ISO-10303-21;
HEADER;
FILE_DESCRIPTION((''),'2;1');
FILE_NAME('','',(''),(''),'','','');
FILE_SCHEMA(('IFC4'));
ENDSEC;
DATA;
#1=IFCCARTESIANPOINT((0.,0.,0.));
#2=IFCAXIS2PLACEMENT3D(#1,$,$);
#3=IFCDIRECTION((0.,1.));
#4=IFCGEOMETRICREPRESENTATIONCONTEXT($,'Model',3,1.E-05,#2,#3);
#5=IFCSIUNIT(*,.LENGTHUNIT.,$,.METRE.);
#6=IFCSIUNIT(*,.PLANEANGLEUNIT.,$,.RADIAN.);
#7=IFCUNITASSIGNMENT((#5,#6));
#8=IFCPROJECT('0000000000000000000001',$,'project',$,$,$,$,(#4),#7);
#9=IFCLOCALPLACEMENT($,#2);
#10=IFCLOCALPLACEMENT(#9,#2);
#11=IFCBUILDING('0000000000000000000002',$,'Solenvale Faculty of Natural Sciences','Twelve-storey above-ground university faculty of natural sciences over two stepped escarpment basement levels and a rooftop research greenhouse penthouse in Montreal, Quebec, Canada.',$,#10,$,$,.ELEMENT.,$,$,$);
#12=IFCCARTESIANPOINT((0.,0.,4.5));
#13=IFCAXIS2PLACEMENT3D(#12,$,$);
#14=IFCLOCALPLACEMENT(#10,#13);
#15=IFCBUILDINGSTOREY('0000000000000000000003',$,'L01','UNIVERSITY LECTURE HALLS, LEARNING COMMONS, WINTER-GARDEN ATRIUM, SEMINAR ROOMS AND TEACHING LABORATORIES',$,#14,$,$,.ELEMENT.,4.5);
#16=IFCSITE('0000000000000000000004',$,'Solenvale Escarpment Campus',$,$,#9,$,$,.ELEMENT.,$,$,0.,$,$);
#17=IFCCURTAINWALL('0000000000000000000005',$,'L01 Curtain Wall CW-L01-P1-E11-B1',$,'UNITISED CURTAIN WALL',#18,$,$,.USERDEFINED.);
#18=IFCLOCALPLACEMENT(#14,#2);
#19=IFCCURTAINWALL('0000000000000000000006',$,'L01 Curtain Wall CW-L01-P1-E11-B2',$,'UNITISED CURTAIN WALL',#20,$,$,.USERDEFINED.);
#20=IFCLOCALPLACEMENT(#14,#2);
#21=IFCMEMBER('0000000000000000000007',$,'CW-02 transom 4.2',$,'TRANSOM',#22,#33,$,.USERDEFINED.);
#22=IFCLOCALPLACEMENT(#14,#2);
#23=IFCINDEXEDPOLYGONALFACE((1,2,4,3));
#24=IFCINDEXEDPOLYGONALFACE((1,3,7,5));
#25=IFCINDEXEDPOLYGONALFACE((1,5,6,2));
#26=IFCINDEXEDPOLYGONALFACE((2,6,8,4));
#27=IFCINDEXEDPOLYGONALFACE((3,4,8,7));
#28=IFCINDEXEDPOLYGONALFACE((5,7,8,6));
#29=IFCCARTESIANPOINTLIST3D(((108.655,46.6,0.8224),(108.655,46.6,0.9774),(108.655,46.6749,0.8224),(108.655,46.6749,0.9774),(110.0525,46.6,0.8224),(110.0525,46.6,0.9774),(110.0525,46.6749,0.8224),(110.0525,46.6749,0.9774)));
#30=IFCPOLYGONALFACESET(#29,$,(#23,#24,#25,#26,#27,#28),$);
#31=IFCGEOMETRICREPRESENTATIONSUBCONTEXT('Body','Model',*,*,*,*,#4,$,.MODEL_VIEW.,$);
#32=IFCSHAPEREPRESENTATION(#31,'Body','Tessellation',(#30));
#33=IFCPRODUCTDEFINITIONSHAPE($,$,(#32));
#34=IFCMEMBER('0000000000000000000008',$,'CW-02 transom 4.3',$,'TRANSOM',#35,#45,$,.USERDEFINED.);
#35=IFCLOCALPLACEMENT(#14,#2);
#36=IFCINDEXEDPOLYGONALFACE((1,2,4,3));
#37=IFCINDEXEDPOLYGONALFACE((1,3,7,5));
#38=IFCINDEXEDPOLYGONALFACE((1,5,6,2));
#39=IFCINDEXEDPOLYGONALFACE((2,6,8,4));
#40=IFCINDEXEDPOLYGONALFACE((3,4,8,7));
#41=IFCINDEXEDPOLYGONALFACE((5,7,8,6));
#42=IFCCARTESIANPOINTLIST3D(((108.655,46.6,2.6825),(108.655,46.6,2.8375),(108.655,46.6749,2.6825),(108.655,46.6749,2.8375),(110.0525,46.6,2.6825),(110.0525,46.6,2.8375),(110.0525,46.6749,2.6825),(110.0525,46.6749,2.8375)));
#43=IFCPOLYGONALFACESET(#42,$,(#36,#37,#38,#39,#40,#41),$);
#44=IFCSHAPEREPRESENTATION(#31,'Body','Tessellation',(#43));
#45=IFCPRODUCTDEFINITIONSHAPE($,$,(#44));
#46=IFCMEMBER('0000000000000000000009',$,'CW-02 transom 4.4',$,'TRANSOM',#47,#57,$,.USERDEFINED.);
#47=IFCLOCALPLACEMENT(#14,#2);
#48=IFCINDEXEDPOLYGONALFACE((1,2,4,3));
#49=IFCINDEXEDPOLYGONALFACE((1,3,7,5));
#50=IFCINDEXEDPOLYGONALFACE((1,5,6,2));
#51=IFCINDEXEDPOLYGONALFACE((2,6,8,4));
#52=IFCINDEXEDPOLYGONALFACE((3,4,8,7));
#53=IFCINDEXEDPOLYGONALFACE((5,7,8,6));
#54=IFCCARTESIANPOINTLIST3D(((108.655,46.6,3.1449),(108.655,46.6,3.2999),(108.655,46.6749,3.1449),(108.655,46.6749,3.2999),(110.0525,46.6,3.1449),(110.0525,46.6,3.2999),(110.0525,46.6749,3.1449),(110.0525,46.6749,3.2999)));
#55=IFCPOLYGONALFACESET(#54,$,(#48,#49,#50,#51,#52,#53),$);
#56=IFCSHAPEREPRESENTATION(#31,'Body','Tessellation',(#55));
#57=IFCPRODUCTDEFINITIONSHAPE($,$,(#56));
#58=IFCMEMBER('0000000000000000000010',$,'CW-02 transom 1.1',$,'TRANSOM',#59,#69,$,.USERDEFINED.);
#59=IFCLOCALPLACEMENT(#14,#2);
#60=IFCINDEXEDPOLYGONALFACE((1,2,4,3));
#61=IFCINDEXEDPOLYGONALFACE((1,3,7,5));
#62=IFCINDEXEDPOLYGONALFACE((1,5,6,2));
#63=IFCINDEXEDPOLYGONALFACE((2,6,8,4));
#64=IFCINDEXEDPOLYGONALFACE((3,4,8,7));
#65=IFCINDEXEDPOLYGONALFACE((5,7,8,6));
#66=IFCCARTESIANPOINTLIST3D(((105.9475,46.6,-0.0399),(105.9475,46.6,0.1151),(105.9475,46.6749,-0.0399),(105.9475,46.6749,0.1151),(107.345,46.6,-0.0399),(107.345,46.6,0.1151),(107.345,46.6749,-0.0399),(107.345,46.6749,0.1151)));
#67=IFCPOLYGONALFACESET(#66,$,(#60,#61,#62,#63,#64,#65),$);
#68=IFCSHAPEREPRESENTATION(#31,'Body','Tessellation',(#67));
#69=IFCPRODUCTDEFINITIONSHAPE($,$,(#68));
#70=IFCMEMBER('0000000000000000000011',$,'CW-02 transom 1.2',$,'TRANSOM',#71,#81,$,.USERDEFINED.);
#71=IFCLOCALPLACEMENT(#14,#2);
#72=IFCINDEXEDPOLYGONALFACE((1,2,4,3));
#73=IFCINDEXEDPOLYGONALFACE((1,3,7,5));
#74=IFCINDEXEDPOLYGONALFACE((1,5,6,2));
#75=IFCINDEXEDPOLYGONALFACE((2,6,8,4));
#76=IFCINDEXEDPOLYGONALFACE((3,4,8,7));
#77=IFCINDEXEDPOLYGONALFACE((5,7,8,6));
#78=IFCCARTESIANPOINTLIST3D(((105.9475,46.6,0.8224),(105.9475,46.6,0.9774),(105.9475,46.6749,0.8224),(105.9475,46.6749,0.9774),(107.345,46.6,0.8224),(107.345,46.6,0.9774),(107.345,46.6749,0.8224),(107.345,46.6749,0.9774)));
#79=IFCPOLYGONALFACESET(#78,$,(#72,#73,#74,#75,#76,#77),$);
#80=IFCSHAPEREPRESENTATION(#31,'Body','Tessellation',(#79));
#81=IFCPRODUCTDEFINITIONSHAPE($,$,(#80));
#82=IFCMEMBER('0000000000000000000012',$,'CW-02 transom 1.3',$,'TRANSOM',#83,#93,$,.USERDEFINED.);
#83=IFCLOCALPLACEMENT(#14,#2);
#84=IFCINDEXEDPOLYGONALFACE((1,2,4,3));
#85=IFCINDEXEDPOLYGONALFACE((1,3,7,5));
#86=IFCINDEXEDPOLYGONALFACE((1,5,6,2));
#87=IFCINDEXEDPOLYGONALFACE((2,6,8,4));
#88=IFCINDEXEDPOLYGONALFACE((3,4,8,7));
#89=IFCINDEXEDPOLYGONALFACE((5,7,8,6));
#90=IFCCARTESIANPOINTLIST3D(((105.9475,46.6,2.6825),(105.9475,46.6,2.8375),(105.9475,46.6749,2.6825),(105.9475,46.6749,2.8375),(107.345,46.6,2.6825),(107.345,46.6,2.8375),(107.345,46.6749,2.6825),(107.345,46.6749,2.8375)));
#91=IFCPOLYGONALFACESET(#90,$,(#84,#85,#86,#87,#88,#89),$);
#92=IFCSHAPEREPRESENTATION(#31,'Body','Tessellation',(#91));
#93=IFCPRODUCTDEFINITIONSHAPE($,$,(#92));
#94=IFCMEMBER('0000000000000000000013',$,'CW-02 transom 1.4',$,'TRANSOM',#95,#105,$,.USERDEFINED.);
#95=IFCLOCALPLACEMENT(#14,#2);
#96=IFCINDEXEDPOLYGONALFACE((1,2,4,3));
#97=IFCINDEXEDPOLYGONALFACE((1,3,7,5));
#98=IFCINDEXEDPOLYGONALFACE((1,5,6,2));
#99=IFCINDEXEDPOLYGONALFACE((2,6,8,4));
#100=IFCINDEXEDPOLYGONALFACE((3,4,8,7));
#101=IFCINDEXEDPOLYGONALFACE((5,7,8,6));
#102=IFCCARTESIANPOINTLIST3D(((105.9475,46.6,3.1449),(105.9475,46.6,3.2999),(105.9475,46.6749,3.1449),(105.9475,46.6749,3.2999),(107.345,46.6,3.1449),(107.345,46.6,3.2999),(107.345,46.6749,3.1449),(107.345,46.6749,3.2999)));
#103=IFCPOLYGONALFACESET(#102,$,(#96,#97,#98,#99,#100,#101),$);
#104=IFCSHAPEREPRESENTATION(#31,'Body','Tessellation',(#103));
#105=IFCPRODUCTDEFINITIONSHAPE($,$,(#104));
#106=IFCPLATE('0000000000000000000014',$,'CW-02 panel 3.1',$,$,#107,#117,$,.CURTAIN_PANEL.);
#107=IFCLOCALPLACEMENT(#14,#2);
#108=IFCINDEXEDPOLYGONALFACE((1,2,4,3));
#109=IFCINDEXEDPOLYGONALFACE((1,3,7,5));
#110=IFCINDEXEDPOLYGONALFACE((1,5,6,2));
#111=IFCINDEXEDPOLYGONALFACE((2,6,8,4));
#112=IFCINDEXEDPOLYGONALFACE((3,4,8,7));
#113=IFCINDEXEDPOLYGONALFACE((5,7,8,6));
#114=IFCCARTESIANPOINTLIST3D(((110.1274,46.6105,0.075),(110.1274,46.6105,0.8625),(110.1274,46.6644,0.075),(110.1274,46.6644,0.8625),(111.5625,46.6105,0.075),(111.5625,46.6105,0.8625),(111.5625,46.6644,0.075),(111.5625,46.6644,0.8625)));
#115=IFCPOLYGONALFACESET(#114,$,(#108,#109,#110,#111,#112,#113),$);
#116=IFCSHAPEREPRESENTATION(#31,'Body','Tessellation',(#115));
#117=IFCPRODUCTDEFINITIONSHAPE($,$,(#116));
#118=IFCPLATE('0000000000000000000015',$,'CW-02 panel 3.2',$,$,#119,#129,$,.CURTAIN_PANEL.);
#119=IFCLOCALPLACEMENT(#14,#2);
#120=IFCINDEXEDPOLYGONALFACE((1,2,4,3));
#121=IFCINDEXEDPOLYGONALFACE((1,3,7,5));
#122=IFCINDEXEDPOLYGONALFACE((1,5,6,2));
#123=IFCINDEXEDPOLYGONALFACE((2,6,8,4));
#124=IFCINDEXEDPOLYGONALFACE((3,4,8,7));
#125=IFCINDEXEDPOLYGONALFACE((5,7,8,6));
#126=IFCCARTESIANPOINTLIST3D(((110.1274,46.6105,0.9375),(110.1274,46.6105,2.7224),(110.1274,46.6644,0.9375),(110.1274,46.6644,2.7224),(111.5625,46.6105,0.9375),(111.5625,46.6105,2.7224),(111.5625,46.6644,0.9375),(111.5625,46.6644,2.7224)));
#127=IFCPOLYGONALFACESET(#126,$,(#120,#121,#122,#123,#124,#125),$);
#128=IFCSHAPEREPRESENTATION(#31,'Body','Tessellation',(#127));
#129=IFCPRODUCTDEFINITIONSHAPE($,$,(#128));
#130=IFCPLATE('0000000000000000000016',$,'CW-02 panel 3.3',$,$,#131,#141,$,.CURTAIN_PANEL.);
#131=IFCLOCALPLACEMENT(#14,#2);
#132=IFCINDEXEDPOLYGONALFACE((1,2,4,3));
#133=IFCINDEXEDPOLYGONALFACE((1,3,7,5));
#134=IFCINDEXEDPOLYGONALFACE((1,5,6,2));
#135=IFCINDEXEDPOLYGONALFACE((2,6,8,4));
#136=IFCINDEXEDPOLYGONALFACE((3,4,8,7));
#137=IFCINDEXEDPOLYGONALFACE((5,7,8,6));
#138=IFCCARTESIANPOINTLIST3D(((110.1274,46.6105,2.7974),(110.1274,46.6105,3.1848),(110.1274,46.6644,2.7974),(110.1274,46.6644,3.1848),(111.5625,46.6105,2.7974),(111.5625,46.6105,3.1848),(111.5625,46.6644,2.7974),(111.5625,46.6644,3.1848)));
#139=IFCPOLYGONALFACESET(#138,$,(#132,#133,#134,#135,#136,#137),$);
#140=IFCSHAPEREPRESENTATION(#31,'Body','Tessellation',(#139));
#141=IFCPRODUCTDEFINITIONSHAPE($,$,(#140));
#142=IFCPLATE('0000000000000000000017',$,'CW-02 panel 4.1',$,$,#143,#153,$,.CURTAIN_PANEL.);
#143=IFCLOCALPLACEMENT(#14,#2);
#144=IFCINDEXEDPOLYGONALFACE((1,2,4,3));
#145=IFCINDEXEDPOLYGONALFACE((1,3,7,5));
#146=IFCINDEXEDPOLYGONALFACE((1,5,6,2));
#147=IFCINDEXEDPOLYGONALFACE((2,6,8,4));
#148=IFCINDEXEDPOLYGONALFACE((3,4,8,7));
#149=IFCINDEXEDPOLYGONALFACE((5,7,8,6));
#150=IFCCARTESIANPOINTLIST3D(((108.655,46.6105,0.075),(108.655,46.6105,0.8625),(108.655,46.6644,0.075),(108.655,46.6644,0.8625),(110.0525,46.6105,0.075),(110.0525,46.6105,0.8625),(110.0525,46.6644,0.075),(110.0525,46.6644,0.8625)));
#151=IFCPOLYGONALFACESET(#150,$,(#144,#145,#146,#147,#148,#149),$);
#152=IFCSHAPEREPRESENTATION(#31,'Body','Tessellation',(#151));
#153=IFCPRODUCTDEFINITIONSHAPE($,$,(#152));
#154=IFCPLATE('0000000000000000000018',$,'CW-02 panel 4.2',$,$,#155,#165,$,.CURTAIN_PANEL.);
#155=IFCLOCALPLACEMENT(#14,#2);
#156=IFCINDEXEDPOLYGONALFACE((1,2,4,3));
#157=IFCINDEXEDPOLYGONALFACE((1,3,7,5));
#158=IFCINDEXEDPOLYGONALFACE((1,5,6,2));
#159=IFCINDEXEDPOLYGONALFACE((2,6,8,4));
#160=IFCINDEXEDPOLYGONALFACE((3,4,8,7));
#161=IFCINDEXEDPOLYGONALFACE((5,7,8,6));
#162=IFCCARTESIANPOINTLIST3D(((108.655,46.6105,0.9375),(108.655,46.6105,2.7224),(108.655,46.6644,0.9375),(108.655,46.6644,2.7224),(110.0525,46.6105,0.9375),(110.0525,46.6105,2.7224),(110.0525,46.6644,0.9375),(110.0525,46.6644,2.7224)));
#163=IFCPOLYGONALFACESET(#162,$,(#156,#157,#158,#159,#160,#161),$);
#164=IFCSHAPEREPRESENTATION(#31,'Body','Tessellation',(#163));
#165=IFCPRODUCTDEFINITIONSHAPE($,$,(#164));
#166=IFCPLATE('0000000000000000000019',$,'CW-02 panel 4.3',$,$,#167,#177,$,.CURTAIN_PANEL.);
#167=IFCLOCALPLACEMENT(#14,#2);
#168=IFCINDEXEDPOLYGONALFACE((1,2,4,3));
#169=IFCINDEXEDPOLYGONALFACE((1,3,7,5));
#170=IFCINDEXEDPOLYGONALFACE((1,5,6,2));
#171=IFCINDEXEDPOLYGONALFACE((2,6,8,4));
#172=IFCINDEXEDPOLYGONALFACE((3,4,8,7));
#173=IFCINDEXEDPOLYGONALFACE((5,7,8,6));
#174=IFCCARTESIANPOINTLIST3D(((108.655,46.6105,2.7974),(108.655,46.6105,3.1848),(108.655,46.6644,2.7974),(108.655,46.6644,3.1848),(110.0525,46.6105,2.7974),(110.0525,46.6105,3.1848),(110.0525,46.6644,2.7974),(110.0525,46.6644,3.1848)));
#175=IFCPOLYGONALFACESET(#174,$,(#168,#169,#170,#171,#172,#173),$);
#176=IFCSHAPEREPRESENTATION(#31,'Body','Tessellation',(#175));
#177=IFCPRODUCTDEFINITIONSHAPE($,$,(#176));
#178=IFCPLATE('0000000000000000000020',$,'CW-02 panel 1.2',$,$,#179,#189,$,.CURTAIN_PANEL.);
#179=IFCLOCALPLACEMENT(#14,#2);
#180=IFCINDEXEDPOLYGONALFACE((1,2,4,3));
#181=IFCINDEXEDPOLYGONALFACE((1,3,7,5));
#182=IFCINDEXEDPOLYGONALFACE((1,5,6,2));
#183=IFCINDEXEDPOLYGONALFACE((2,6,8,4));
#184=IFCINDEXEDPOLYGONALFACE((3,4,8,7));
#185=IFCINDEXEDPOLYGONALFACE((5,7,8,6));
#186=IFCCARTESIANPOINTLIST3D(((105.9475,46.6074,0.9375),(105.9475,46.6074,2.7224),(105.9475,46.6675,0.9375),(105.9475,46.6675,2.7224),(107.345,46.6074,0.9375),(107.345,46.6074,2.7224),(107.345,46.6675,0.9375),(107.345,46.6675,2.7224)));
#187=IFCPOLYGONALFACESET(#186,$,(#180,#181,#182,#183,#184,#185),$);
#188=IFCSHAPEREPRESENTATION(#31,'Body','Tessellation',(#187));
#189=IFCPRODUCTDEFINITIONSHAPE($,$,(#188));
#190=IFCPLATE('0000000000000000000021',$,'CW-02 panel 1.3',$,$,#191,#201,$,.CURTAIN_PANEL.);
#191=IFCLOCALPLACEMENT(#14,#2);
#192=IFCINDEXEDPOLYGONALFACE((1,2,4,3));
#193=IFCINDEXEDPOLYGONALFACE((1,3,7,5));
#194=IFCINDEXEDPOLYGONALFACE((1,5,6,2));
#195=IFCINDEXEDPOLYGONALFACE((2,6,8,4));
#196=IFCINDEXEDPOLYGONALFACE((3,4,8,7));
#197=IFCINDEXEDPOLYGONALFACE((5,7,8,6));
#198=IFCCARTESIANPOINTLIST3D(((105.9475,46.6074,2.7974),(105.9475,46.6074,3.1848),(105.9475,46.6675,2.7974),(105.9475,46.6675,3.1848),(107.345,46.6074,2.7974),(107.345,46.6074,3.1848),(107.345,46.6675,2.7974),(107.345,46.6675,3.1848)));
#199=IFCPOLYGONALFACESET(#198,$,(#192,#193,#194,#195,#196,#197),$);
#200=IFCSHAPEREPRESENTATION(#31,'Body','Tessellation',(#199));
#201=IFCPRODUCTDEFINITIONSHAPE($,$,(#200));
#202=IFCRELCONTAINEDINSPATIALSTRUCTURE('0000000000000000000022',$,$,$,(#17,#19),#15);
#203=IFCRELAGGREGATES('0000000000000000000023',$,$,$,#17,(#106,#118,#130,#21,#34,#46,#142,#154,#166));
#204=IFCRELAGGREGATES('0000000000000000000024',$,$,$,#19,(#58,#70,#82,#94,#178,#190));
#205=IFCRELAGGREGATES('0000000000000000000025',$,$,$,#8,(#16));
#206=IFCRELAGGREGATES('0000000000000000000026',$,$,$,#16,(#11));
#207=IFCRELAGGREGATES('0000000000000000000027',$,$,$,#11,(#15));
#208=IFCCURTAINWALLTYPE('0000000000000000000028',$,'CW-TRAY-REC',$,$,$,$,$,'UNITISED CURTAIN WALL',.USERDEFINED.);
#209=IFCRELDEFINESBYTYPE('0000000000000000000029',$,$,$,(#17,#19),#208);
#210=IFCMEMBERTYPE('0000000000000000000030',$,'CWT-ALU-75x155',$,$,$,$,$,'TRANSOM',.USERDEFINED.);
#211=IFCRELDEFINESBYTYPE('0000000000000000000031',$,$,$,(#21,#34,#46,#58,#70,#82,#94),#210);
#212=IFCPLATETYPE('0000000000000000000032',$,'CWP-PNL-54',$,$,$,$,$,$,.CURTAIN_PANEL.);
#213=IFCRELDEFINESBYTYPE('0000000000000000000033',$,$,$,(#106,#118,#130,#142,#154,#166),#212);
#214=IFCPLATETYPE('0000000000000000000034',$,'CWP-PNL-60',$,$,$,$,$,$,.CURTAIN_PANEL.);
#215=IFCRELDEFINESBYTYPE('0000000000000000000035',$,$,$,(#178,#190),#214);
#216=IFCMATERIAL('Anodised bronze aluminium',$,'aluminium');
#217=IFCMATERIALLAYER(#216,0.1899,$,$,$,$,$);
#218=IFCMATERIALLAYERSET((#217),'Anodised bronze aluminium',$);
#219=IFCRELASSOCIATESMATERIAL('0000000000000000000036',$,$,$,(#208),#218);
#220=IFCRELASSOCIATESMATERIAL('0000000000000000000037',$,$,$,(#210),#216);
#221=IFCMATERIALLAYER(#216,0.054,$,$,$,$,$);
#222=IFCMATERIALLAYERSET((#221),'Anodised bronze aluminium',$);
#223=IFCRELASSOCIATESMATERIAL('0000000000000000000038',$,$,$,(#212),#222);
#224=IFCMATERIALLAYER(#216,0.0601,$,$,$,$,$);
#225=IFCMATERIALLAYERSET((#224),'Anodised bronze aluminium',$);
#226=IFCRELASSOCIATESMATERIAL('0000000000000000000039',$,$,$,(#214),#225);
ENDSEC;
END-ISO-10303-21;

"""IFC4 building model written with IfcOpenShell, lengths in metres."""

from ifc_helpers import new_model, si_unit, direction, frame, origin, origin_2d, place, context, subcontext, project, spatial, rectangle, extrude, material, layer, layer_set, material_profile, profile_set, type_object, element, aggregate, save


model = new_model("IFC4")

# Units and contexts
model_context = context("Model", 3, precision=1e-05, world=origin(), true_north=direction((0.0, 1.0)))
body_context = subcontext(model_context, "Body", "Model", "MODEL_VIEW")
ifc_project = project(units=[si_unit("LENGTHUNIT", "METRE"), si_unit("PLANEANGLEUNIT", "RADIAN")], contexts=[model_context])

# Site, building, storey
site_placement = place(None, origin())
site = spatial("IfcSite", under=ifc_project, at=site_placement, Name="Solenvale Escarpment Campus", CompositionType="ELEMENT", RefElevation=0.0)
building_placement = place(site_placement, origin())
building = spatial("IfcBuilding", under=site, at=building_placement, Name="Solenvale Faculty of Natural Sciences", Description="Twelve-storey above-ground university faculty of natural sciences over two stepped escarpment basement levels and a rooftop research greenhouse penthouse in Montreal, Quebec, Canada.", CompositionType="ELEMENT")
storey_placement = place(building_placement, frame((0.0, 0.0, 4.5)))
storey = spatial("IfcBuildingStorey", under=building, at=storey_placement, Name="L01", Description="UNIVERSITY LECTURE HALLS, LEARNING COMMONS, WINTER-GARDEN ATRIUM, SEMINAR ROOMS AND TEACHING LABORATORIES", CompositionType="ELEMENT", Elevation=4.5)

# Curtain wall
ifc_material_1 = material(Name="Anodised bronze aluminium", Category="aluminium")
ifc_layer_1 = layer(ifc_material_1, 0.1899)
ifc_layer_set_1 = layer_set([ifc_layer_1], Name="Anodised bronze aluminium")
curtain_wall_type = type_object("IfcCurtainWallType", Name="CW-TRAY-REC", ElementType="UNITISED CURTAIN WALL", PredefinedType="USERDEFINED", material=ifc_layer_set_1)
curtain_wall_1_placement = place(storey_placement, origin())
curtain_wall_1 = element("IfcCurtainWall", 1, at=curtain_wall_1_placement, inside=storey, type_object=curtain_wall_type, Name="L01 Curtain Wall CW-L01-P1-E11-B1", ObjectType="UNITISED CURTAIN WALL", PredefinedType="USERDEFINED")

# Curtain wall
curtain_wall_2_placement = place(storey_placement, origin())
curtain_wall_2 = element("IfcCurtainWall", 2, at=curtain_wall_2_placement, inside=storey, type_object=curtain_wall_type, Name="L01 Curtain Wall CW-L01-P1-E11-B2", ObjectType="UNITISED CURTAIN WALL", PredefinedType="USERDEFINED")

# Members
ifc_material_profile_1 = material_profile(ifc_material_1, rectangle(XDim=0.075, YDim=0.155, at=origin_2d()), Name="ALU-TRN-75x155")
ifc_profile_set_1 = profile_set([ifc_material_profile_1], Name="Anodised bronze aluminium")
member_type_1 = type_object("IfcMemberType", Name="CWT-ALU-75x155", ElementType="TRANSOM", PredefinedType="USERDEFINED", material=ifc_profile_set_1)
member_1_placement = place(storey_placement, frame((110.0525, 46.6375, 0.8999), z_axis=(-1.0, 0.0, 0.0), x_axis=(0.0, -1.0, 0.0)))
member_1 = element("IfcMember", 3, at=member_1_placement, type_object=member_type_1, Name="CW-02 transom 4.2", ObjectType="TRANSOM", PredefinedType="USERDEFINED", context=body_context, shape_type="SweptSolid", body=[
    extrude(rectangle(XDim=0.075, YDim=0.155, at=origin_2d()), origin(), (0.0, 0.0, 1.0), 1.3975),
])
member_2_placement = place(storey_placement, frame((110.0525, 46.6375, 2.76), z_axis=(-1.0, 0.0, 0.0), x_axis=(0.0, -1.0, 0.0)))
member_2 = element("IfcMember", 4, at=member_2_placement, type_object=member_type_1, Name="CW-02 transom 4.3", ObjectType="TRANSOM", PredefinedType="USERDEFINED", context=body_context, shape_type="SweptSolid", body=[
    extrude(rectangle(XDim=0.075, YDim=0.155, at=origin_2d()), origin(), (0.0, 0.0, 1.0), 1.3975),
])
member_3_placement = place(storey_placement, frame((110.0525, 46.6375, 3.2224), z_axis=(-1.0, 0.0, 0.0), x_axis=(0.0, -1.0, 0.0)))
member_3 = element("IfcMember", 5, at=member_3_placement, type_object=member_type_1, Name="CW-02 transom 4.4", ObjectType="TRANSOM", PredefinedType="USERDEFINED", context=body_context, shape_type="SweptSolid", body=[
    extrude(rectangle(XDim=0.075, YDim=0.155, at=origin_2d()), origin(), (0.0, 0.0, 1.0), 1.3975),
])
member_4_placement = place(storey_placement, frame((107.345, 46.6375, 0.0376), z_axis=(-1.0, 0.0, 0.0), x_axis=(0.0, -1.0, 0.0)))
member_4 = element("IfcMember", 6, at=member_4_placement, type_object=member_type_1, Name="CW-02 transom 1.1", ObjectType="TRANSOM", PredefinedType="USERDEFINED", context=body_context, shape_type="SweptSolid", body=[
    extrude(rectangle(XDim=0.075, YDim=0.155, at=origin_2d()), origin(), (0.0, 0.0, 1.0), 1.3975),
])
member_5_placement = place(storey_placement, frame((107.345, 46.6375, 0.8999), z_axis=(-1.0, 0.0, 0.0), x_axis=(0.0, -1.0, 0.0)))
member_5 = element("IfcMember", 7, at=member_5_placement, type_object=member_type_1, Name="CW-02 transom 1.2", ObjectType="TRANSOM", PredefinedType="USERDEFINED", context=body_context, shape_type="SweptSolid", body=[
    extrude(rectangle(XDim=0.075, YDim=0.155, at=origin_2d()), origin(), (0.0, 0.0, 1.0), 1.3975),
])
member_6_placement = place(storey_placement, frame((107.345, 46.6375, 2.76), z_axis=(-1.0, 0.0, 0.0), x_axis=(0.0, -1.0, 0.0)))
member_6 = element("IfcMember", 8, at=member_6_placement, type_object=member_type_1, Name="CW-02 transom 1.3", ObjectType="TRANSOM", PredefinedType="USERDEFINED", context=body_context, shape_type="SweptSolid", body=[
    extrude(rectangle(XDim=0.075, YDim=0.155, at=origin_2d()), origin(), (0.0, 0.0, 1.0), 1.3975),
])
member_7_placement = place(storey_placement, frame((107.345, 46.6375, 3.2224), z_axis=(-1.0, 0.0, 0.0), x_axis=(0.0, -1.0, 0.0)))
member_7 = element("IfcMember", 9, at=member_7_placement, type_object=member_type_1, Name="CW-02 transom 1.4", ObjectType="TRANSOM", PredefinedType="USERDEFINED", context=body_context, shape_type="SweptSolid", body=[
    extrude(rectangle(XDim=0.075, YDim=0.155, at=origin_2d()), origin(), (0.0, 0.0, 1.0), 1.3975),
])

# Plates
ifc_layer_2 = layer(ifc_material_1, 0.054)
ifc_layer_set_2 = layer_set([ifc_layer_2], Name="Anodised bronze aluminium")
plate_type_1 = type_object("IfcPlateType", Name="CWP-PNL-54", PredefinedType="CURTAIN_PANEL", material=ifc_layer_set_2)
plate_1_placement = place(storey_placement, frame((110.845, 46.6375, 0.075), z_axis=(0.0, 0.0, 1.0), x_axis=(-1.0, 0.0, 0.0)))
plate_1 = element("IfcPlate", 10, at=plate_1_placement, type_object=plate_type_1, Name="CW-02 panel 3.1", PredefinedType="CURTAIN_PANEL", context=body_context, shape_type="SweptSolid", body=[
    extrude(rectangle(XDim=1.4351, YDim=0.054, at=origin_2d()), origin(), (0.0, 0.0, 1.0), 0.7876),
])
plate_2_placement = place(storey_placement, frame((110.845, 46.6375, 0.9375), z_axis=(0.0, 0.0, 1.0), x_axis=(-1.0, 0.0, 0.0)))
plate_2 = element("IfcPlate", 11, at=plate_2_placement, type_object=plate_type_1, Name="CW-02 panel 3.2", PredefinedType="CURTAIN_PANEL", context=body_context, shape_type="SweptSolid", body=[
    extrude(rectangle(XDim=1.4351, YDim=0.054, at=origin_2d()), origin(), (0.0, 0.0, 1.0), 1.7849),
])
plate_3_placement = place(storey_placement, frame((110.845, 46.6375, 2.7974), z_axis=(0.0, 0.0, 1.0), x_axis=(-1.0, 0.0, 0.0)))
plate_3 = element("IfcPlate", 12, at=plate_3_placement, type_object=plate_type_1, Name="CW-02 panel 3.3", PredefinedType="CURTAIN_PANEL", context=body_context, shape_type="SweptSolid", body=[
    extrude(rectangle(XDim=1.4351, YDim=0.054, at=origin_2d()), origin(), (0.0, 0.0, 1.0), 0.3875),
])
plate_4_placement = place(storey_placement, frame((109.3538, 46.6375, 0.075), z_axis=(0.0, 0.0, 1.0), x_axis=(-1.0, 0.0, 0.0)))
plate_4 = element("IfcPlate", 13, at=plate_4_placement, type_object=plate_type_1, Name="CW-02 panel 4.1", PredefinedType="CURTAIN_PANEL", context=body_context, shape_type="SweptSolid", body=[
    extrude(rectangle(XDim=1.3975, YDim=0.054, at=origin_2d()), origin(), (0.0, 0.0, 1.0), 0.7876),
])
plate_5_placement = place(storey_placement, frame((109.3538, 46.6375, 0.9375), z_axis=(0.0, 0.0, 1.0), x_axis=(-1.0, 0.0, 0.0)))
plate_5 = element("IfcPlate", 14, at=plate_5_placement, type_object=plate_type_1, Name="CW-02 panel 4.2", PredefinedType="CURTAIN_PANEL", context=body_context, shape_type="SweptSolid", body=[
    extrude(rectangle(XDim=1.3975, YDim=0.054, at=origin_2d()), origin(), (0.0, 0.0, 1.0), 1.7849),
])
plate_6_placement = place(storey_placement, frame((109.3538, 46.6375, 2.7974), z_axis=(0.0, 0.0, 1.0), x_axis=(-1.0, 0.0, 0.0)))
plate_6 = element("IfcPlate", 15, at=plate_6_placement, type_object=plate_type_1, Name="CW-02 panel 4.3", PredefinedType="CURTAIN_PANEL", context=body_context, shape_type="SweptSolid", body=[
    extrude(rectangle(XDim=1.3975, YDim=0.054, at=origin_2d()), origin(), (0.0, 0.0, 1.0), 0.3875),
])
aggregate(curtain_wall_1, [plate_1, plate_2, plate_3, member_1, member_2, member_3, plate_4, plate_5, plate_6])
ifc_layer_3 = layer(ifc_material_1, 0.0601)
ifc_layer_set_3 = layer_set([ifc_layer_3], Name="Anodised bronze aluminium")
plate_type_2 = type_object("IfcPlateType", Name="CWP-PNL-60", PredefinedType="CURTAIN_PANEL", material=ifc_layer_set_3)
plate_7_placement = place(storey_placement, frame((106.6462, 46.6375, 0.9375), z_axis=(0.0, 0.0, 1.0), x_axis=(-1.0, 0.0, 0.0)))
plate_7 = element("IfcPlate", 16, at=plate_7_placement, type_object=plate_type_2, Name="CW-02 panel 1.2", PredefinedType="CURTAIN_PANEL", context=body_context, shape_type="SweptSolid", body=[
    extrude(rectangle(XDim=1.3975, YDim=0.0601, at=origin_2d()), origin(), (0.0, 0.0, 1.0), 1.7849),
])
plate_8_placement = place(storey_placement, frame((106.6462, 46.6375, 2.7974), z_axis=(0.0, 0.0, 1.0), x_axis=(-1.0, 0.0, 0.0)))
plate_8 = element("IfcPlate", 17, at=plate_8_placement, type_object=plate_type_2, Name="CW-02 panel 1.3", PredefinedType="CURTAIN_PANEL", context=body_context, shape_type="SweptSolid", body=[
    extrude(rectangle(XDim=1.3975, YDim=0.0601, at=origin_2d()), origin(), (0.0, 0.0, 1.0), 0.3875),
])
aggregate(curtain_wall_2, [member_4, member_5, member_6, member_7, plate_7, plate_8])

save(model, "model.ifc")
